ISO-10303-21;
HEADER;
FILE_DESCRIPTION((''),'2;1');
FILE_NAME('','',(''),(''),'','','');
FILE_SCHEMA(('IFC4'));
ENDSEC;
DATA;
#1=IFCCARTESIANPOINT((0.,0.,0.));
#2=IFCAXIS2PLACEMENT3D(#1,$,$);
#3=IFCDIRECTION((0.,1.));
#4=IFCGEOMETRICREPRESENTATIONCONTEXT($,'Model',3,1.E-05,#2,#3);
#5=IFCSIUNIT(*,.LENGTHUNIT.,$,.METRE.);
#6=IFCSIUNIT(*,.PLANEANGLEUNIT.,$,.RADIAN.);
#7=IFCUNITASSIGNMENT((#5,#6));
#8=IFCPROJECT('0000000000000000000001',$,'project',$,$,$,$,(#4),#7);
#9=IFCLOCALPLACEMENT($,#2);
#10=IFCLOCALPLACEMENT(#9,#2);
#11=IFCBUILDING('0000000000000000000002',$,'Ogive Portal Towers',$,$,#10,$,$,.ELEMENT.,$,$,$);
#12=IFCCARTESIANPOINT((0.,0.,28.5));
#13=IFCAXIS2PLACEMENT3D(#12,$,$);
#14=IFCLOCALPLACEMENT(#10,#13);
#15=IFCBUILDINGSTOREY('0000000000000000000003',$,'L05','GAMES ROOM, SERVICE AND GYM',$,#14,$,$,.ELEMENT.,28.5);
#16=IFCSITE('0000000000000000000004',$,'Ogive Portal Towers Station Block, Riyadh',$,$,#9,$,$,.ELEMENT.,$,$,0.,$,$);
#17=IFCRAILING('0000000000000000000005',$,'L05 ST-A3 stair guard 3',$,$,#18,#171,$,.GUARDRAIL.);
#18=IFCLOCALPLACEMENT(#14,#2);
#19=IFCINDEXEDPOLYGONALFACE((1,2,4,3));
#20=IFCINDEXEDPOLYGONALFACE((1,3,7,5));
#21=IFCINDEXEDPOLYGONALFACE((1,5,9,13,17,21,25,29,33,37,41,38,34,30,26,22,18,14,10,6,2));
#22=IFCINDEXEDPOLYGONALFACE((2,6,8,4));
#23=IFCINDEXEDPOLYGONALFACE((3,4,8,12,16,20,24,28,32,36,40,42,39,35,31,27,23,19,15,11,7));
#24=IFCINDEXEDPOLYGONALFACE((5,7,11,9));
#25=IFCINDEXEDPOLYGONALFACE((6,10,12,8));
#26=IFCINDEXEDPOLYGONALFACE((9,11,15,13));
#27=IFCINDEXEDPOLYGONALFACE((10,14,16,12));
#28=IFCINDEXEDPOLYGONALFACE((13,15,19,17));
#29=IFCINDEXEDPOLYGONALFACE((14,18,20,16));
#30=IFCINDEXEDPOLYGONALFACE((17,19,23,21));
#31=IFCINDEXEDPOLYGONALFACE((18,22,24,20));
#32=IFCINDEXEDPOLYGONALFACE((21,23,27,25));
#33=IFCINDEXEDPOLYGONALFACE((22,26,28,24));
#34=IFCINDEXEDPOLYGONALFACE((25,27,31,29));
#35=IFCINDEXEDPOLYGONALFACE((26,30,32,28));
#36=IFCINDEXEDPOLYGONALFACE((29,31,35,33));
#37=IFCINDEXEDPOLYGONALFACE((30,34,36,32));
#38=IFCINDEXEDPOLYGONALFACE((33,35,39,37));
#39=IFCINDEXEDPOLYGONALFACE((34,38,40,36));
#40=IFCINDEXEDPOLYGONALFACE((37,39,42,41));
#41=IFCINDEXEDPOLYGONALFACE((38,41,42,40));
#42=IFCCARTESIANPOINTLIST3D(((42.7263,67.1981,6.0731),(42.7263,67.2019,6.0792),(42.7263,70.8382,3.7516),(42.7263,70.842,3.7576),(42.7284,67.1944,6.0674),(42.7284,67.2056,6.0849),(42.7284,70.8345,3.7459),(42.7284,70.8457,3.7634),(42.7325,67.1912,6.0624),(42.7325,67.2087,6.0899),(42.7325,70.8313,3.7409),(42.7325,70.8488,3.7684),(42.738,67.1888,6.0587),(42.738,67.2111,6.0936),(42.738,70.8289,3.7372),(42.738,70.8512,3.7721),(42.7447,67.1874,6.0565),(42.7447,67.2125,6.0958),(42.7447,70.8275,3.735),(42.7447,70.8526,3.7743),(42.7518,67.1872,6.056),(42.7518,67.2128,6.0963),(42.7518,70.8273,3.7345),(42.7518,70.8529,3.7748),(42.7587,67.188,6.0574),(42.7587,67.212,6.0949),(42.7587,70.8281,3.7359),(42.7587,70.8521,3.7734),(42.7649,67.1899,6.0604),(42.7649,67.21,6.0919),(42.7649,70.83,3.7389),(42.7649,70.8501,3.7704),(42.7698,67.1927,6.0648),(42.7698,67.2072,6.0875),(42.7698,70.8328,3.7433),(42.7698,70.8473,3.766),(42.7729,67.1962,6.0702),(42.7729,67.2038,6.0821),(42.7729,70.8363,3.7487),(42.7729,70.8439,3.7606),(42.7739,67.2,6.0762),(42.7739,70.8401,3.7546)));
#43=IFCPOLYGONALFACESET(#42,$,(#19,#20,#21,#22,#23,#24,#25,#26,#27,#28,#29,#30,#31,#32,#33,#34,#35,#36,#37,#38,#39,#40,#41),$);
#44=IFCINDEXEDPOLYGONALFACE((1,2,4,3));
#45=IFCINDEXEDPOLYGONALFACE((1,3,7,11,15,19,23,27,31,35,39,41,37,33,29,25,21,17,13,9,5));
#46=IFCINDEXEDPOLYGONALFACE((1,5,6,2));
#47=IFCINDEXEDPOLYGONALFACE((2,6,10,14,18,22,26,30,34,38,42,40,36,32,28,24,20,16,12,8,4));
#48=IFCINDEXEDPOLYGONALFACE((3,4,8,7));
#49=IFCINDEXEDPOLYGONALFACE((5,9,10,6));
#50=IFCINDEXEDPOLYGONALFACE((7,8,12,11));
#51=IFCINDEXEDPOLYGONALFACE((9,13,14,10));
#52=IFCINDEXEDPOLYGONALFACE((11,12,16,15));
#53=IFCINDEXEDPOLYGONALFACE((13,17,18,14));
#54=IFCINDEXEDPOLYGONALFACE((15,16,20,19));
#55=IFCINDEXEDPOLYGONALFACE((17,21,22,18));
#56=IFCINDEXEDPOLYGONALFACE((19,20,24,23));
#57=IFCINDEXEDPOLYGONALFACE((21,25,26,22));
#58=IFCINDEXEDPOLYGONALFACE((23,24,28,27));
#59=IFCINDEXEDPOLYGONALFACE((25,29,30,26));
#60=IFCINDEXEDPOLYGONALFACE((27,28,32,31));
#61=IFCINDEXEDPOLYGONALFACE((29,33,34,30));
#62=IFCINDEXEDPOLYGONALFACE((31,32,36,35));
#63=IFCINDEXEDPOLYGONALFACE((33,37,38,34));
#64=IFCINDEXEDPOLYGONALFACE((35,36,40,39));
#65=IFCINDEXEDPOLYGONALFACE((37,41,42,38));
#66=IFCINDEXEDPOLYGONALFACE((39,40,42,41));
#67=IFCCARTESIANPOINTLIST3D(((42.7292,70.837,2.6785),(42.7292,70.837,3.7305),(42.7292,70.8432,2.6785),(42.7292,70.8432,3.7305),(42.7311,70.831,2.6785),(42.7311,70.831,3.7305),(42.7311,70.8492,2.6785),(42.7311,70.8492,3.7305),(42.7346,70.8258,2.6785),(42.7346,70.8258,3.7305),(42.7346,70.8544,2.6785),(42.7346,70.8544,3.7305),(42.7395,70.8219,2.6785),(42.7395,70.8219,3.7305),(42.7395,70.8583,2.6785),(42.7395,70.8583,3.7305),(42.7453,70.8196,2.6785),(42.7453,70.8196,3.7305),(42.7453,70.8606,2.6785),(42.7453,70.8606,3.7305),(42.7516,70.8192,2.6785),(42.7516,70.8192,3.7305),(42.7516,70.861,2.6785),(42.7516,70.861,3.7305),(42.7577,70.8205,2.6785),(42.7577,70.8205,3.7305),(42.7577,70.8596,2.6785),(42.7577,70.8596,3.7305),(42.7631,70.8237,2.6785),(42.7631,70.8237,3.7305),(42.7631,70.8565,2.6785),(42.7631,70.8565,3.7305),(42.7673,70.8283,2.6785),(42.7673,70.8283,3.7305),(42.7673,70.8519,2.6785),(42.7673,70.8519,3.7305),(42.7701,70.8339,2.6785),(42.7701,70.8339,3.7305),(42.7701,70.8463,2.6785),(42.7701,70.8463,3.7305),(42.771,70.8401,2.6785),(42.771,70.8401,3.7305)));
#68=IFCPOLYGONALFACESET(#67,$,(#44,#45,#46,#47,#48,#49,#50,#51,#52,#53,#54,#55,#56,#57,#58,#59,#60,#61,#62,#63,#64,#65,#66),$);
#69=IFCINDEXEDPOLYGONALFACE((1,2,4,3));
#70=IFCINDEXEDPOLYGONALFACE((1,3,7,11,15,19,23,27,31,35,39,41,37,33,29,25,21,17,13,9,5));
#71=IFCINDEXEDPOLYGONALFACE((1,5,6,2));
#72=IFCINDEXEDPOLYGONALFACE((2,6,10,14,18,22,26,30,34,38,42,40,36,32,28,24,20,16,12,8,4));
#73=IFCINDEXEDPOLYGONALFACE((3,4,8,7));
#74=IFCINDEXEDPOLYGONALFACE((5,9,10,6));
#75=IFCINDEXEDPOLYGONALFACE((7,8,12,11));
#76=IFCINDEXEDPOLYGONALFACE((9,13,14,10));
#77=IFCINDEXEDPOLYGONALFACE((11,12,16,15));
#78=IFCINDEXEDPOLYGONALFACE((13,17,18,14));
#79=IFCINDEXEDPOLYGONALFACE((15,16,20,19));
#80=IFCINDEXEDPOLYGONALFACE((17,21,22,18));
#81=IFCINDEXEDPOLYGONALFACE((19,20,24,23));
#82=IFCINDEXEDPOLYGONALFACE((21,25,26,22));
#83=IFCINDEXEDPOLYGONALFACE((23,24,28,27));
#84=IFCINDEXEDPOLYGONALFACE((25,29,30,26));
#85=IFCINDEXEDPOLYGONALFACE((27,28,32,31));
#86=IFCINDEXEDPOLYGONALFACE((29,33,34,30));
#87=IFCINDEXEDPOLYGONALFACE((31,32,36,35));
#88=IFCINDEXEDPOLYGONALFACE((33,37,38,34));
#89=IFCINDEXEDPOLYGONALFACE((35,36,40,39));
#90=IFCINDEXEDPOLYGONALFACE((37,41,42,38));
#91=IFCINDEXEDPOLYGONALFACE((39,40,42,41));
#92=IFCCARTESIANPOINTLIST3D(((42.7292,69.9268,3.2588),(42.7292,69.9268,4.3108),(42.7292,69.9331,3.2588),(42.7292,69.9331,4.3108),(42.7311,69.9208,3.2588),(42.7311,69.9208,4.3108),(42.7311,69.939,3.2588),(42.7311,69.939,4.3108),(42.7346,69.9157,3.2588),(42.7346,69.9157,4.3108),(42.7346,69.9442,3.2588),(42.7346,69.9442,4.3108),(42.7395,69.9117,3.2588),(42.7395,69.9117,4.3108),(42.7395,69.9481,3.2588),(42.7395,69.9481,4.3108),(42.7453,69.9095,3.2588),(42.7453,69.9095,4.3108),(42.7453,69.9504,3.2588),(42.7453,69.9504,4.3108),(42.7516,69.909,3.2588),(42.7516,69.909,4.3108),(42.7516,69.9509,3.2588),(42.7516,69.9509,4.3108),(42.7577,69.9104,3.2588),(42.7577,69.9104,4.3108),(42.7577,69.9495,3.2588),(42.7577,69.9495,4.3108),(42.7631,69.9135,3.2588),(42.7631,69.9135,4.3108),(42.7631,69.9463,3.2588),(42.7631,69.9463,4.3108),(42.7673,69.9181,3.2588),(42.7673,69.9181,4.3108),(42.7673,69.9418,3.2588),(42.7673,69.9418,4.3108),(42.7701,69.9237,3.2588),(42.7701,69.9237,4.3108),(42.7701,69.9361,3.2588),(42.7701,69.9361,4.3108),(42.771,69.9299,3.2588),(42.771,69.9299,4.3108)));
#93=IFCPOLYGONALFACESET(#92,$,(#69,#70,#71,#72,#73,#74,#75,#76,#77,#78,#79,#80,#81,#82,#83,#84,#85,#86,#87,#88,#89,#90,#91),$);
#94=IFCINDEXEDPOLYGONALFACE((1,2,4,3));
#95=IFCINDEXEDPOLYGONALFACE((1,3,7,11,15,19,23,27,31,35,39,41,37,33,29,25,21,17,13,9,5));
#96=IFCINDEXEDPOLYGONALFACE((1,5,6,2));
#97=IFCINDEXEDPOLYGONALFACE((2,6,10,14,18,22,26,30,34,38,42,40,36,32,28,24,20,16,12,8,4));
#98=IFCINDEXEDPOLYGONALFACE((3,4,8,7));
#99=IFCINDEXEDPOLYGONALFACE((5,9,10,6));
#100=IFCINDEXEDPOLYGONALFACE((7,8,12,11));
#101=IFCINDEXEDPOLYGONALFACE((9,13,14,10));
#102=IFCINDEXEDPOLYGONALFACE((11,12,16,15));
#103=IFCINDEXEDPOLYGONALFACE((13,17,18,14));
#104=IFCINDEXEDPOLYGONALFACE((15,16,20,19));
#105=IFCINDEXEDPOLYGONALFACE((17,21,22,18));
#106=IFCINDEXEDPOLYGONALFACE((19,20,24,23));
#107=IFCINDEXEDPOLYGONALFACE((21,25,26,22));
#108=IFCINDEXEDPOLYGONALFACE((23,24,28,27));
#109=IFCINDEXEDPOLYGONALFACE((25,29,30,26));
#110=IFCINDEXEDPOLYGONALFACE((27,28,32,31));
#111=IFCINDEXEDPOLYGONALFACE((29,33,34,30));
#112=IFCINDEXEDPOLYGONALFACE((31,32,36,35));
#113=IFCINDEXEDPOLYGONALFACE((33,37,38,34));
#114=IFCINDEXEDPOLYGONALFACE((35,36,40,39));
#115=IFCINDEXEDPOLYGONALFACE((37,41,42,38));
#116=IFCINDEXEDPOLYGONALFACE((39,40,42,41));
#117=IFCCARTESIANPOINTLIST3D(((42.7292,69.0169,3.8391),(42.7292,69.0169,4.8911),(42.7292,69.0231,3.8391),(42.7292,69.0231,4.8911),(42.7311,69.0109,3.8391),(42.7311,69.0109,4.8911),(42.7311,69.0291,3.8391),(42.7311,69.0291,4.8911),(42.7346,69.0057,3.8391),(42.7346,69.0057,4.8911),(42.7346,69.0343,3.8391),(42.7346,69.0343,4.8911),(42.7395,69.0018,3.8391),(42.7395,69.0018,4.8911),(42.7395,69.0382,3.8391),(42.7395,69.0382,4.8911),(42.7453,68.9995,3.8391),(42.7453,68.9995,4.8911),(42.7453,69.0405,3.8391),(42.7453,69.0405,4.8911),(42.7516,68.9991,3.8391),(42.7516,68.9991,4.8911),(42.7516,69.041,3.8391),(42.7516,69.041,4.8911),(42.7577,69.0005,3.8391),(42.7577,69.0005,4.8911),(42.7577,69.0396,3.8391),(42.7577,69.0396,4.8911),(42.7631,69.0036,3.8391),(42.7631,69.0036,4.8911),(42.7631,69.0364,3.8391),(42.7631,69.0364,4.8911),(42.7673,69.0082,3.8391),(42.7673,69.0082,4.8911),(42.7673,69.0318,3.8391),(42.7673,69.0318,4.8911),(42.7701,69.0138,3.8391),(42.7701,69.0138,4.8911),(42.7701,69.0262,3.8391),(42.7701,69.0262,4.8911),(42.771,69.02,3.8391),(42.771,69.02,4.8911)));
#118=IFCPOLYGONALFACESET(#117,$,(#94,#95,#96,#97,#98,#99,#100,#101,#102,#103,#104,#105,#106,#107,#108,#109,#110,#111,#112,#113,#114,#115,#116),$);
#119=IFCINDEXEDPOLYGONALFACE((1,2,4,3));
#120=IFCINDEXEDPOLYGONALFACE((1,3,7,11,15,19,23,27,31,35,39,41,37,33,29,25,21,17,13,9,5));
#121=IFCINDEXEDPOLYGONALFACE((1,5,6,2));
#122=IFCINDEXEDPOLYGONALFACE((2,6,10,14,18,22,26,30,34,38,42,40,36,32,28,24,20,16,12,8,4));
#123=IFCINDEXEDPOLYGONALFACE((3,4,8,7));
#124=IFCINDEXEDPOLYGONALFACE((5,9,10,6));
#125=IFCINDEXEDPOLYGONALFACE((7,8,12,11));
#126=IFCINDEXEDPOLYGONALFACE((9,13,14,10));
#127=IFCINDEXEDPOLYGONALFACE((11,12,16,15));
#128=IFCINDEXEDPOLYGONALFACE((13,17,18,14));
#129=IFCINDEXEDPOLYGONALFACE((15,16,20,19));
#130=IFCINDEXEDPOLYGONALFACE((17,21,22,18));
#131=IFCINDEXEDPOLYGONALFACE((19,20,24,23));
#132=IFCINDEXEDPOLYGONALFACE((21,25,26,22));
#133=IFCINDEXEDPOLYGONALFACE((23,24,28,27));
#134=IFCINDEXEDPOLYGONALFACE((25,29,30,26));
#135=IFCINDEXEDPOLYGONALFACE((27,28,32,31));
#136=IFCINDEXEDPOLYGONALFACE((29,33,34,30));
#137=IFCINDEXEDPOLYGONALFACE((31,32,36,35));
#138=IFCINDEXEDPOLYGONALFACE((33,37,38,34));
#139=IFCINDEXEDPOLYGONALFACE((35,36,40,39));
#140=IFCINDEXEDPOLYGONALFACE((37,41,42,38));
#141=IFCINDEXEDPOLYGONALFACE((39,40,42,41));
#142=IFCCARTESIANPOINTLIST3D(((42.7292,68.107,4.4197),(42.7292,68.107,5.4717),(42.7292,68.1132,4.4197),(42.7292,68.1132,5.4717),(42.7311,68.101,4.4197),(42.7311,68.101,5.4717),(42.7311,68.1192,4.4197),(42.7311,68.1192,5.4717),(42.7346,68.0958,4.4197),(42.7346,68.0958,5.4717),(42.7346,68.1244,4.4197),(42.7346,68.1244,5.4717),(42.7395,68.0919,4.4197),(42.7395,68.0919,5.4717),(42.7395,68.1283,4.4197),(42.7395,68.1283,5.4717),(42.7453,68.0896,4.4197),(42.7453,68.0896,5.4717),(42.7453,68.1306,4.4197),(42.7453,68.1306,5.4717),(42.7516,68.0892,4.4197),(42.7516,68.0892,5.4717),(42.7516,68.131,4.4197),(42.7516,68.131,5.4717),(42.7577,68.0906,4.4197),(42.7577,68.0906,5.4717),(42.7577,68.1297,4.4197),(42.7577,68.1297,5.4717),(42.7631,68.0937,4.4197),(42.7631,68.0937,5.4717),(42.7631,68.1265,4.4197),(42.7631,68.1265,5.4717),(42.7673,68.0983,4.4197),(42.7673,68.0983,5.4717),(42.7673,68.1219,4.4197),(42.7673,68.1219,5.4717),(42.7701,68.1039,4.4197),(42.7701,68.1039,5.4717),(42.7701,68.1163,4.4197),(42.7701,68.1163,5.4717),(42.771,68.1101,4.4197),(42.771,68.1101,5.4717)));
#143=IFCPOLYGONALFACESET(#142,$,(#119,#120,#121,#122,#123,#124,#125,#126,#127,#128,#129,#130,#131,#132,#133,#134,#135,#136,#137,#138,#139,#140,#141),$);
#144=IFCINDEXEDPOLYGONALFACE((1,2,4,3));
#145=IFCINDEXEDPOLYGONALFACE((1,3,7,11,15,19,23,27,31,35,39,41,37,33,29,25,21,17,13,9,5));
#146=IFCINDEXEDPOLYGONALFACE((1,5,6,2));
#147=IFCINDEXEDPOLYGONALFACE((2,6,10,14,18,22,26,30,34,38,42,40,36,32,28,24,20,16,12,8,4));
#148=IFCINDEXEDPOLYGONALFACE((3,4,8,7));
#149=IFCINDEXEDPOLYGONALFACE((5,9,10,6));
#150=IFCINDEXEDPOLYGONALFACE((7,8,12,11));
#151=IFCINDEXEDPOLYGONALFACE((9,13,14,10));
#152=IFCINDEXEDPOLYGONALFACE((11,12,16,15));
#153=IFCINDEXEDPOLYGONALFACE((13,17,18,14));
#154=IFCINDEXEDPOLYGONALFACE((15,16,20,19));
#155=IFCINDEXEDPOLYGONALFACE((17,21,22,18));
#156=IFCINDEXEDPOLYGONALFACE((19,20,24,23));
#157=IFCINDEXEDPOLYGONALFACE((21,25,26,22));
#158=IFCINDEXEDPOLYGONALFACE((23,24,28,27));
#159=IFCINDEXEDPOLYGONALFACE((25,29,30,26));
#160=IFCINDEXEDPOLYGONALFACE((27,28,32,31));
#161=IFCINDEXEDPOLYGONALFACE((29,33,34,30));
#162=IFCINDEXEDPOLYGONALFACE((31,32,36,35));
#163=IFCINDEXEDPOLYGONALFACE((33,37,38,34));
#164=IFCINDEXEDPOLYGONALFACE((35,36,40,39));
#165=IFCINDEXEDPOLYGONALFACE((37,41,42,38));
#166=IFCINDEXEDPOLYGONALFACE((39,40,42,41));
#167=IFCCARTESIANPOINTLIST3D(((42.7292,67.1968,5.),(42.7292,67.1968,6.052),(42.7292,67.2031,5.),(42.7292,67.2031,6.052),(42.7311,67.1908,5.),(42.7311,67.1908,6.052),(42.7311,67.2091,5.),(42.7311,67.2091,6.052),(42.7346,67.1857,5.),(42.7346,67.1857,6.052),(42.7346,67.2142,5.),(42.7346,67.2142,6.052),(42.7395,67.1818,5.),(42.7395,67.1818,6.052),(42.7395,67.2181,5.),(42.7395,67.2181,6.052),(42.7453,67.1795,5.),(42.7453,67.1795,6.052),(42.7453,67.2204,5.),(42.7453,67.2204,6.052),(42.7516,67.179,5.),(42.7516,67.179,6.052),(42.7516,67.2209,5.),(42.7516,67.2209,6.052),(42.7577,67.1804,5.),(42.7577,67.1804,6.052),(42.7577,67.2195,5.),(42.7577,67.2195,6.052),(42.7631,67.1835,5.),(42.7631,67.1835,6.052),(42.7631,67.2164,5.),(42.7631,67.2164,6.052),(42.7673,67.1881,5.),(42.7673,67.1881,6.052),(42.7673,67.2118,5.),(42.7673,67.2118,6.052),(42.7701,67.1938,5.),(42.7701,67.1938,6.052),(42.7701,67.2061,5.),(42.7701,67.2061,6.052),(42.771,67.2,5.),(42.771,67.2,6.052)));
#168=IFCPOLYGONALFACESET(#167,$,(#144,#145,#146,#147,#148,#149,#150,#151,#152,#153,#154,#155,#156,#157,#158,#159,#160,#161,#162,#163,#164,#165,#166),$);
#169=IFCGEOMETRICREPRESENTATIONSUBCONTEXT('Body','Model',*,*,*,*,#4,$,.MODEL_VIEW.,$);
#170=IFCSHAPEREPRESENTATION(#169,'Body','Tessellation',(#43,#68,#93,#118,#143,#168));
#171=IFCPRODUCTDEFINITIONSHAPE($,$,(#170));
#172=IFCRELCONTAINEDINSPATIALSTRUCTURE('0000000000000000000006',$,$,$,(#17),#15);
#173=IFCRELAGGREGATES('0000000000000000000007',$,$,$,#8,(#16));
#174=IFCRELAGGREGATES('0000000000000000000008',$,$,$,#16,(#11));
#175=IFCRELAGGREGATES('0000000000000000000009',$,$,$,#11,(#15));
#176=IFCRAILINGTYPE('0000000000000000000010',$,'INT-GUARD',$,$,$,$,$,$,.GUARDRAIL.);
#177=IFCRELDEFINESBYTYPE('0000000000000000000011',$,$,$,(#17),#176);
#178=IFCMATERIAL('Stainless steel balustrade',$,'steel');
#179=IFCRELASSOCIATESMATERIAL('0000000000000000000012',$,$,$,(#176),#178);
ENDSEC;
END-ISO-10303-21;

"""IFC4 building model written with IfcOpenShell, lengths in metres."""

from ifc_helpers import new_model, si_unit, direction, frame, origin, origin_2d, place, context, subcontext, project, spatial, circle, extrude, material, type_object, element, save


model = new_model("IFC4")

# Units and contexts
model_context = context("Model", 3, precision=1e-05, world=origin(), true_north=direction((0.0, 1.0)))
body_context = subcontext(model_context, "Body", "Model", "MODEL_VIEW")
ifc_project = project(units=[si_unit("LENGTHUNIT", "METRE"), si_unit("PLANEANGLEUNIT", "RADIAN")], contexts=[model_context])

# Site, building, storey
site_placement = place(None, origin())
site = spatial("IfcSite", under=ifc_project, at=site_placement, Name="Ogive Portal Towers Station Block, Riyadh", CompositionType="ELEMENT", RefElevation=0.0)
building_placement = place(site_placement, origin())
building = spatial("IfcBuilding", under=site, at=building_placement, Name="Ogive Portal Towers", CompositionType="ELEMENT")
storey_placement = place(building_placement, frame((0.0, 0.0, 28.5)))
storey = spatial("IfcBuildingStorey", under=building, at=storey_placement, Name="L05", Description="GAMES ROOM, SERVICE AND GYM", CompositionType="ELEMENT", Elevation=28.5)

# Railing
ifc_material_1 = material(Name="Stainless steel balustrade", Category="steel")
railing_type_1 = type_object("IfcRailingType", Name="INT-GUARD", PredefinedType="GUARDRAIL", material=ifc_material_1)
railing_1_placement = place(storey_placement, frame((42.75, 70.8401, 2.6785)))
element("IfcRailing", 1, at=railing_1_placement, inside=storey, type_object=railing_type_1, Name="L05 ST-A3 stair guard 3", PredefinedType="GUARDRAIL", context=body_context, shape_type="SweptSolid", body=[
    extrude(circle(Radius=0.0239, at=origin_2d()), frame((0.0, 0.0, 1.0762), z_axis=(0.0, -0.843128, 0.537713), x_axis=(1.0, 0.0, 0.0)), (0.0, 0.0, 1.0), 4.3174),
    extrude(circle(Radius=0.021, at=origin_2d()), origin(), (0.0, 0.0, 1.0), 1.052),
    extrude(circle(Radius=0.021, at=origin_2d()), frame((0.0, -0.9102, 0.5803)), (0.0, 0.0, 1.0), 1.052),
    extrude(circle(Radius=0.021, at=origin_2d()), frame((0.0, -1.8201, 1.1606)), (0.0, 0.0, 1.0), 1.052),
    extrude(circle(Radius=0.021, at=origin_2d()), frame((0.0, -2.73, 1.7412)), (0.0, 0.0, 1.0), 1.052),
    extrude(circle(Radius=0.021, at=origin_2d()), frame((0.0, -3.6401, 2.3215)), (0.0, 0.0, 1.0), 1.052),
])

save(model, "model.ifc")
